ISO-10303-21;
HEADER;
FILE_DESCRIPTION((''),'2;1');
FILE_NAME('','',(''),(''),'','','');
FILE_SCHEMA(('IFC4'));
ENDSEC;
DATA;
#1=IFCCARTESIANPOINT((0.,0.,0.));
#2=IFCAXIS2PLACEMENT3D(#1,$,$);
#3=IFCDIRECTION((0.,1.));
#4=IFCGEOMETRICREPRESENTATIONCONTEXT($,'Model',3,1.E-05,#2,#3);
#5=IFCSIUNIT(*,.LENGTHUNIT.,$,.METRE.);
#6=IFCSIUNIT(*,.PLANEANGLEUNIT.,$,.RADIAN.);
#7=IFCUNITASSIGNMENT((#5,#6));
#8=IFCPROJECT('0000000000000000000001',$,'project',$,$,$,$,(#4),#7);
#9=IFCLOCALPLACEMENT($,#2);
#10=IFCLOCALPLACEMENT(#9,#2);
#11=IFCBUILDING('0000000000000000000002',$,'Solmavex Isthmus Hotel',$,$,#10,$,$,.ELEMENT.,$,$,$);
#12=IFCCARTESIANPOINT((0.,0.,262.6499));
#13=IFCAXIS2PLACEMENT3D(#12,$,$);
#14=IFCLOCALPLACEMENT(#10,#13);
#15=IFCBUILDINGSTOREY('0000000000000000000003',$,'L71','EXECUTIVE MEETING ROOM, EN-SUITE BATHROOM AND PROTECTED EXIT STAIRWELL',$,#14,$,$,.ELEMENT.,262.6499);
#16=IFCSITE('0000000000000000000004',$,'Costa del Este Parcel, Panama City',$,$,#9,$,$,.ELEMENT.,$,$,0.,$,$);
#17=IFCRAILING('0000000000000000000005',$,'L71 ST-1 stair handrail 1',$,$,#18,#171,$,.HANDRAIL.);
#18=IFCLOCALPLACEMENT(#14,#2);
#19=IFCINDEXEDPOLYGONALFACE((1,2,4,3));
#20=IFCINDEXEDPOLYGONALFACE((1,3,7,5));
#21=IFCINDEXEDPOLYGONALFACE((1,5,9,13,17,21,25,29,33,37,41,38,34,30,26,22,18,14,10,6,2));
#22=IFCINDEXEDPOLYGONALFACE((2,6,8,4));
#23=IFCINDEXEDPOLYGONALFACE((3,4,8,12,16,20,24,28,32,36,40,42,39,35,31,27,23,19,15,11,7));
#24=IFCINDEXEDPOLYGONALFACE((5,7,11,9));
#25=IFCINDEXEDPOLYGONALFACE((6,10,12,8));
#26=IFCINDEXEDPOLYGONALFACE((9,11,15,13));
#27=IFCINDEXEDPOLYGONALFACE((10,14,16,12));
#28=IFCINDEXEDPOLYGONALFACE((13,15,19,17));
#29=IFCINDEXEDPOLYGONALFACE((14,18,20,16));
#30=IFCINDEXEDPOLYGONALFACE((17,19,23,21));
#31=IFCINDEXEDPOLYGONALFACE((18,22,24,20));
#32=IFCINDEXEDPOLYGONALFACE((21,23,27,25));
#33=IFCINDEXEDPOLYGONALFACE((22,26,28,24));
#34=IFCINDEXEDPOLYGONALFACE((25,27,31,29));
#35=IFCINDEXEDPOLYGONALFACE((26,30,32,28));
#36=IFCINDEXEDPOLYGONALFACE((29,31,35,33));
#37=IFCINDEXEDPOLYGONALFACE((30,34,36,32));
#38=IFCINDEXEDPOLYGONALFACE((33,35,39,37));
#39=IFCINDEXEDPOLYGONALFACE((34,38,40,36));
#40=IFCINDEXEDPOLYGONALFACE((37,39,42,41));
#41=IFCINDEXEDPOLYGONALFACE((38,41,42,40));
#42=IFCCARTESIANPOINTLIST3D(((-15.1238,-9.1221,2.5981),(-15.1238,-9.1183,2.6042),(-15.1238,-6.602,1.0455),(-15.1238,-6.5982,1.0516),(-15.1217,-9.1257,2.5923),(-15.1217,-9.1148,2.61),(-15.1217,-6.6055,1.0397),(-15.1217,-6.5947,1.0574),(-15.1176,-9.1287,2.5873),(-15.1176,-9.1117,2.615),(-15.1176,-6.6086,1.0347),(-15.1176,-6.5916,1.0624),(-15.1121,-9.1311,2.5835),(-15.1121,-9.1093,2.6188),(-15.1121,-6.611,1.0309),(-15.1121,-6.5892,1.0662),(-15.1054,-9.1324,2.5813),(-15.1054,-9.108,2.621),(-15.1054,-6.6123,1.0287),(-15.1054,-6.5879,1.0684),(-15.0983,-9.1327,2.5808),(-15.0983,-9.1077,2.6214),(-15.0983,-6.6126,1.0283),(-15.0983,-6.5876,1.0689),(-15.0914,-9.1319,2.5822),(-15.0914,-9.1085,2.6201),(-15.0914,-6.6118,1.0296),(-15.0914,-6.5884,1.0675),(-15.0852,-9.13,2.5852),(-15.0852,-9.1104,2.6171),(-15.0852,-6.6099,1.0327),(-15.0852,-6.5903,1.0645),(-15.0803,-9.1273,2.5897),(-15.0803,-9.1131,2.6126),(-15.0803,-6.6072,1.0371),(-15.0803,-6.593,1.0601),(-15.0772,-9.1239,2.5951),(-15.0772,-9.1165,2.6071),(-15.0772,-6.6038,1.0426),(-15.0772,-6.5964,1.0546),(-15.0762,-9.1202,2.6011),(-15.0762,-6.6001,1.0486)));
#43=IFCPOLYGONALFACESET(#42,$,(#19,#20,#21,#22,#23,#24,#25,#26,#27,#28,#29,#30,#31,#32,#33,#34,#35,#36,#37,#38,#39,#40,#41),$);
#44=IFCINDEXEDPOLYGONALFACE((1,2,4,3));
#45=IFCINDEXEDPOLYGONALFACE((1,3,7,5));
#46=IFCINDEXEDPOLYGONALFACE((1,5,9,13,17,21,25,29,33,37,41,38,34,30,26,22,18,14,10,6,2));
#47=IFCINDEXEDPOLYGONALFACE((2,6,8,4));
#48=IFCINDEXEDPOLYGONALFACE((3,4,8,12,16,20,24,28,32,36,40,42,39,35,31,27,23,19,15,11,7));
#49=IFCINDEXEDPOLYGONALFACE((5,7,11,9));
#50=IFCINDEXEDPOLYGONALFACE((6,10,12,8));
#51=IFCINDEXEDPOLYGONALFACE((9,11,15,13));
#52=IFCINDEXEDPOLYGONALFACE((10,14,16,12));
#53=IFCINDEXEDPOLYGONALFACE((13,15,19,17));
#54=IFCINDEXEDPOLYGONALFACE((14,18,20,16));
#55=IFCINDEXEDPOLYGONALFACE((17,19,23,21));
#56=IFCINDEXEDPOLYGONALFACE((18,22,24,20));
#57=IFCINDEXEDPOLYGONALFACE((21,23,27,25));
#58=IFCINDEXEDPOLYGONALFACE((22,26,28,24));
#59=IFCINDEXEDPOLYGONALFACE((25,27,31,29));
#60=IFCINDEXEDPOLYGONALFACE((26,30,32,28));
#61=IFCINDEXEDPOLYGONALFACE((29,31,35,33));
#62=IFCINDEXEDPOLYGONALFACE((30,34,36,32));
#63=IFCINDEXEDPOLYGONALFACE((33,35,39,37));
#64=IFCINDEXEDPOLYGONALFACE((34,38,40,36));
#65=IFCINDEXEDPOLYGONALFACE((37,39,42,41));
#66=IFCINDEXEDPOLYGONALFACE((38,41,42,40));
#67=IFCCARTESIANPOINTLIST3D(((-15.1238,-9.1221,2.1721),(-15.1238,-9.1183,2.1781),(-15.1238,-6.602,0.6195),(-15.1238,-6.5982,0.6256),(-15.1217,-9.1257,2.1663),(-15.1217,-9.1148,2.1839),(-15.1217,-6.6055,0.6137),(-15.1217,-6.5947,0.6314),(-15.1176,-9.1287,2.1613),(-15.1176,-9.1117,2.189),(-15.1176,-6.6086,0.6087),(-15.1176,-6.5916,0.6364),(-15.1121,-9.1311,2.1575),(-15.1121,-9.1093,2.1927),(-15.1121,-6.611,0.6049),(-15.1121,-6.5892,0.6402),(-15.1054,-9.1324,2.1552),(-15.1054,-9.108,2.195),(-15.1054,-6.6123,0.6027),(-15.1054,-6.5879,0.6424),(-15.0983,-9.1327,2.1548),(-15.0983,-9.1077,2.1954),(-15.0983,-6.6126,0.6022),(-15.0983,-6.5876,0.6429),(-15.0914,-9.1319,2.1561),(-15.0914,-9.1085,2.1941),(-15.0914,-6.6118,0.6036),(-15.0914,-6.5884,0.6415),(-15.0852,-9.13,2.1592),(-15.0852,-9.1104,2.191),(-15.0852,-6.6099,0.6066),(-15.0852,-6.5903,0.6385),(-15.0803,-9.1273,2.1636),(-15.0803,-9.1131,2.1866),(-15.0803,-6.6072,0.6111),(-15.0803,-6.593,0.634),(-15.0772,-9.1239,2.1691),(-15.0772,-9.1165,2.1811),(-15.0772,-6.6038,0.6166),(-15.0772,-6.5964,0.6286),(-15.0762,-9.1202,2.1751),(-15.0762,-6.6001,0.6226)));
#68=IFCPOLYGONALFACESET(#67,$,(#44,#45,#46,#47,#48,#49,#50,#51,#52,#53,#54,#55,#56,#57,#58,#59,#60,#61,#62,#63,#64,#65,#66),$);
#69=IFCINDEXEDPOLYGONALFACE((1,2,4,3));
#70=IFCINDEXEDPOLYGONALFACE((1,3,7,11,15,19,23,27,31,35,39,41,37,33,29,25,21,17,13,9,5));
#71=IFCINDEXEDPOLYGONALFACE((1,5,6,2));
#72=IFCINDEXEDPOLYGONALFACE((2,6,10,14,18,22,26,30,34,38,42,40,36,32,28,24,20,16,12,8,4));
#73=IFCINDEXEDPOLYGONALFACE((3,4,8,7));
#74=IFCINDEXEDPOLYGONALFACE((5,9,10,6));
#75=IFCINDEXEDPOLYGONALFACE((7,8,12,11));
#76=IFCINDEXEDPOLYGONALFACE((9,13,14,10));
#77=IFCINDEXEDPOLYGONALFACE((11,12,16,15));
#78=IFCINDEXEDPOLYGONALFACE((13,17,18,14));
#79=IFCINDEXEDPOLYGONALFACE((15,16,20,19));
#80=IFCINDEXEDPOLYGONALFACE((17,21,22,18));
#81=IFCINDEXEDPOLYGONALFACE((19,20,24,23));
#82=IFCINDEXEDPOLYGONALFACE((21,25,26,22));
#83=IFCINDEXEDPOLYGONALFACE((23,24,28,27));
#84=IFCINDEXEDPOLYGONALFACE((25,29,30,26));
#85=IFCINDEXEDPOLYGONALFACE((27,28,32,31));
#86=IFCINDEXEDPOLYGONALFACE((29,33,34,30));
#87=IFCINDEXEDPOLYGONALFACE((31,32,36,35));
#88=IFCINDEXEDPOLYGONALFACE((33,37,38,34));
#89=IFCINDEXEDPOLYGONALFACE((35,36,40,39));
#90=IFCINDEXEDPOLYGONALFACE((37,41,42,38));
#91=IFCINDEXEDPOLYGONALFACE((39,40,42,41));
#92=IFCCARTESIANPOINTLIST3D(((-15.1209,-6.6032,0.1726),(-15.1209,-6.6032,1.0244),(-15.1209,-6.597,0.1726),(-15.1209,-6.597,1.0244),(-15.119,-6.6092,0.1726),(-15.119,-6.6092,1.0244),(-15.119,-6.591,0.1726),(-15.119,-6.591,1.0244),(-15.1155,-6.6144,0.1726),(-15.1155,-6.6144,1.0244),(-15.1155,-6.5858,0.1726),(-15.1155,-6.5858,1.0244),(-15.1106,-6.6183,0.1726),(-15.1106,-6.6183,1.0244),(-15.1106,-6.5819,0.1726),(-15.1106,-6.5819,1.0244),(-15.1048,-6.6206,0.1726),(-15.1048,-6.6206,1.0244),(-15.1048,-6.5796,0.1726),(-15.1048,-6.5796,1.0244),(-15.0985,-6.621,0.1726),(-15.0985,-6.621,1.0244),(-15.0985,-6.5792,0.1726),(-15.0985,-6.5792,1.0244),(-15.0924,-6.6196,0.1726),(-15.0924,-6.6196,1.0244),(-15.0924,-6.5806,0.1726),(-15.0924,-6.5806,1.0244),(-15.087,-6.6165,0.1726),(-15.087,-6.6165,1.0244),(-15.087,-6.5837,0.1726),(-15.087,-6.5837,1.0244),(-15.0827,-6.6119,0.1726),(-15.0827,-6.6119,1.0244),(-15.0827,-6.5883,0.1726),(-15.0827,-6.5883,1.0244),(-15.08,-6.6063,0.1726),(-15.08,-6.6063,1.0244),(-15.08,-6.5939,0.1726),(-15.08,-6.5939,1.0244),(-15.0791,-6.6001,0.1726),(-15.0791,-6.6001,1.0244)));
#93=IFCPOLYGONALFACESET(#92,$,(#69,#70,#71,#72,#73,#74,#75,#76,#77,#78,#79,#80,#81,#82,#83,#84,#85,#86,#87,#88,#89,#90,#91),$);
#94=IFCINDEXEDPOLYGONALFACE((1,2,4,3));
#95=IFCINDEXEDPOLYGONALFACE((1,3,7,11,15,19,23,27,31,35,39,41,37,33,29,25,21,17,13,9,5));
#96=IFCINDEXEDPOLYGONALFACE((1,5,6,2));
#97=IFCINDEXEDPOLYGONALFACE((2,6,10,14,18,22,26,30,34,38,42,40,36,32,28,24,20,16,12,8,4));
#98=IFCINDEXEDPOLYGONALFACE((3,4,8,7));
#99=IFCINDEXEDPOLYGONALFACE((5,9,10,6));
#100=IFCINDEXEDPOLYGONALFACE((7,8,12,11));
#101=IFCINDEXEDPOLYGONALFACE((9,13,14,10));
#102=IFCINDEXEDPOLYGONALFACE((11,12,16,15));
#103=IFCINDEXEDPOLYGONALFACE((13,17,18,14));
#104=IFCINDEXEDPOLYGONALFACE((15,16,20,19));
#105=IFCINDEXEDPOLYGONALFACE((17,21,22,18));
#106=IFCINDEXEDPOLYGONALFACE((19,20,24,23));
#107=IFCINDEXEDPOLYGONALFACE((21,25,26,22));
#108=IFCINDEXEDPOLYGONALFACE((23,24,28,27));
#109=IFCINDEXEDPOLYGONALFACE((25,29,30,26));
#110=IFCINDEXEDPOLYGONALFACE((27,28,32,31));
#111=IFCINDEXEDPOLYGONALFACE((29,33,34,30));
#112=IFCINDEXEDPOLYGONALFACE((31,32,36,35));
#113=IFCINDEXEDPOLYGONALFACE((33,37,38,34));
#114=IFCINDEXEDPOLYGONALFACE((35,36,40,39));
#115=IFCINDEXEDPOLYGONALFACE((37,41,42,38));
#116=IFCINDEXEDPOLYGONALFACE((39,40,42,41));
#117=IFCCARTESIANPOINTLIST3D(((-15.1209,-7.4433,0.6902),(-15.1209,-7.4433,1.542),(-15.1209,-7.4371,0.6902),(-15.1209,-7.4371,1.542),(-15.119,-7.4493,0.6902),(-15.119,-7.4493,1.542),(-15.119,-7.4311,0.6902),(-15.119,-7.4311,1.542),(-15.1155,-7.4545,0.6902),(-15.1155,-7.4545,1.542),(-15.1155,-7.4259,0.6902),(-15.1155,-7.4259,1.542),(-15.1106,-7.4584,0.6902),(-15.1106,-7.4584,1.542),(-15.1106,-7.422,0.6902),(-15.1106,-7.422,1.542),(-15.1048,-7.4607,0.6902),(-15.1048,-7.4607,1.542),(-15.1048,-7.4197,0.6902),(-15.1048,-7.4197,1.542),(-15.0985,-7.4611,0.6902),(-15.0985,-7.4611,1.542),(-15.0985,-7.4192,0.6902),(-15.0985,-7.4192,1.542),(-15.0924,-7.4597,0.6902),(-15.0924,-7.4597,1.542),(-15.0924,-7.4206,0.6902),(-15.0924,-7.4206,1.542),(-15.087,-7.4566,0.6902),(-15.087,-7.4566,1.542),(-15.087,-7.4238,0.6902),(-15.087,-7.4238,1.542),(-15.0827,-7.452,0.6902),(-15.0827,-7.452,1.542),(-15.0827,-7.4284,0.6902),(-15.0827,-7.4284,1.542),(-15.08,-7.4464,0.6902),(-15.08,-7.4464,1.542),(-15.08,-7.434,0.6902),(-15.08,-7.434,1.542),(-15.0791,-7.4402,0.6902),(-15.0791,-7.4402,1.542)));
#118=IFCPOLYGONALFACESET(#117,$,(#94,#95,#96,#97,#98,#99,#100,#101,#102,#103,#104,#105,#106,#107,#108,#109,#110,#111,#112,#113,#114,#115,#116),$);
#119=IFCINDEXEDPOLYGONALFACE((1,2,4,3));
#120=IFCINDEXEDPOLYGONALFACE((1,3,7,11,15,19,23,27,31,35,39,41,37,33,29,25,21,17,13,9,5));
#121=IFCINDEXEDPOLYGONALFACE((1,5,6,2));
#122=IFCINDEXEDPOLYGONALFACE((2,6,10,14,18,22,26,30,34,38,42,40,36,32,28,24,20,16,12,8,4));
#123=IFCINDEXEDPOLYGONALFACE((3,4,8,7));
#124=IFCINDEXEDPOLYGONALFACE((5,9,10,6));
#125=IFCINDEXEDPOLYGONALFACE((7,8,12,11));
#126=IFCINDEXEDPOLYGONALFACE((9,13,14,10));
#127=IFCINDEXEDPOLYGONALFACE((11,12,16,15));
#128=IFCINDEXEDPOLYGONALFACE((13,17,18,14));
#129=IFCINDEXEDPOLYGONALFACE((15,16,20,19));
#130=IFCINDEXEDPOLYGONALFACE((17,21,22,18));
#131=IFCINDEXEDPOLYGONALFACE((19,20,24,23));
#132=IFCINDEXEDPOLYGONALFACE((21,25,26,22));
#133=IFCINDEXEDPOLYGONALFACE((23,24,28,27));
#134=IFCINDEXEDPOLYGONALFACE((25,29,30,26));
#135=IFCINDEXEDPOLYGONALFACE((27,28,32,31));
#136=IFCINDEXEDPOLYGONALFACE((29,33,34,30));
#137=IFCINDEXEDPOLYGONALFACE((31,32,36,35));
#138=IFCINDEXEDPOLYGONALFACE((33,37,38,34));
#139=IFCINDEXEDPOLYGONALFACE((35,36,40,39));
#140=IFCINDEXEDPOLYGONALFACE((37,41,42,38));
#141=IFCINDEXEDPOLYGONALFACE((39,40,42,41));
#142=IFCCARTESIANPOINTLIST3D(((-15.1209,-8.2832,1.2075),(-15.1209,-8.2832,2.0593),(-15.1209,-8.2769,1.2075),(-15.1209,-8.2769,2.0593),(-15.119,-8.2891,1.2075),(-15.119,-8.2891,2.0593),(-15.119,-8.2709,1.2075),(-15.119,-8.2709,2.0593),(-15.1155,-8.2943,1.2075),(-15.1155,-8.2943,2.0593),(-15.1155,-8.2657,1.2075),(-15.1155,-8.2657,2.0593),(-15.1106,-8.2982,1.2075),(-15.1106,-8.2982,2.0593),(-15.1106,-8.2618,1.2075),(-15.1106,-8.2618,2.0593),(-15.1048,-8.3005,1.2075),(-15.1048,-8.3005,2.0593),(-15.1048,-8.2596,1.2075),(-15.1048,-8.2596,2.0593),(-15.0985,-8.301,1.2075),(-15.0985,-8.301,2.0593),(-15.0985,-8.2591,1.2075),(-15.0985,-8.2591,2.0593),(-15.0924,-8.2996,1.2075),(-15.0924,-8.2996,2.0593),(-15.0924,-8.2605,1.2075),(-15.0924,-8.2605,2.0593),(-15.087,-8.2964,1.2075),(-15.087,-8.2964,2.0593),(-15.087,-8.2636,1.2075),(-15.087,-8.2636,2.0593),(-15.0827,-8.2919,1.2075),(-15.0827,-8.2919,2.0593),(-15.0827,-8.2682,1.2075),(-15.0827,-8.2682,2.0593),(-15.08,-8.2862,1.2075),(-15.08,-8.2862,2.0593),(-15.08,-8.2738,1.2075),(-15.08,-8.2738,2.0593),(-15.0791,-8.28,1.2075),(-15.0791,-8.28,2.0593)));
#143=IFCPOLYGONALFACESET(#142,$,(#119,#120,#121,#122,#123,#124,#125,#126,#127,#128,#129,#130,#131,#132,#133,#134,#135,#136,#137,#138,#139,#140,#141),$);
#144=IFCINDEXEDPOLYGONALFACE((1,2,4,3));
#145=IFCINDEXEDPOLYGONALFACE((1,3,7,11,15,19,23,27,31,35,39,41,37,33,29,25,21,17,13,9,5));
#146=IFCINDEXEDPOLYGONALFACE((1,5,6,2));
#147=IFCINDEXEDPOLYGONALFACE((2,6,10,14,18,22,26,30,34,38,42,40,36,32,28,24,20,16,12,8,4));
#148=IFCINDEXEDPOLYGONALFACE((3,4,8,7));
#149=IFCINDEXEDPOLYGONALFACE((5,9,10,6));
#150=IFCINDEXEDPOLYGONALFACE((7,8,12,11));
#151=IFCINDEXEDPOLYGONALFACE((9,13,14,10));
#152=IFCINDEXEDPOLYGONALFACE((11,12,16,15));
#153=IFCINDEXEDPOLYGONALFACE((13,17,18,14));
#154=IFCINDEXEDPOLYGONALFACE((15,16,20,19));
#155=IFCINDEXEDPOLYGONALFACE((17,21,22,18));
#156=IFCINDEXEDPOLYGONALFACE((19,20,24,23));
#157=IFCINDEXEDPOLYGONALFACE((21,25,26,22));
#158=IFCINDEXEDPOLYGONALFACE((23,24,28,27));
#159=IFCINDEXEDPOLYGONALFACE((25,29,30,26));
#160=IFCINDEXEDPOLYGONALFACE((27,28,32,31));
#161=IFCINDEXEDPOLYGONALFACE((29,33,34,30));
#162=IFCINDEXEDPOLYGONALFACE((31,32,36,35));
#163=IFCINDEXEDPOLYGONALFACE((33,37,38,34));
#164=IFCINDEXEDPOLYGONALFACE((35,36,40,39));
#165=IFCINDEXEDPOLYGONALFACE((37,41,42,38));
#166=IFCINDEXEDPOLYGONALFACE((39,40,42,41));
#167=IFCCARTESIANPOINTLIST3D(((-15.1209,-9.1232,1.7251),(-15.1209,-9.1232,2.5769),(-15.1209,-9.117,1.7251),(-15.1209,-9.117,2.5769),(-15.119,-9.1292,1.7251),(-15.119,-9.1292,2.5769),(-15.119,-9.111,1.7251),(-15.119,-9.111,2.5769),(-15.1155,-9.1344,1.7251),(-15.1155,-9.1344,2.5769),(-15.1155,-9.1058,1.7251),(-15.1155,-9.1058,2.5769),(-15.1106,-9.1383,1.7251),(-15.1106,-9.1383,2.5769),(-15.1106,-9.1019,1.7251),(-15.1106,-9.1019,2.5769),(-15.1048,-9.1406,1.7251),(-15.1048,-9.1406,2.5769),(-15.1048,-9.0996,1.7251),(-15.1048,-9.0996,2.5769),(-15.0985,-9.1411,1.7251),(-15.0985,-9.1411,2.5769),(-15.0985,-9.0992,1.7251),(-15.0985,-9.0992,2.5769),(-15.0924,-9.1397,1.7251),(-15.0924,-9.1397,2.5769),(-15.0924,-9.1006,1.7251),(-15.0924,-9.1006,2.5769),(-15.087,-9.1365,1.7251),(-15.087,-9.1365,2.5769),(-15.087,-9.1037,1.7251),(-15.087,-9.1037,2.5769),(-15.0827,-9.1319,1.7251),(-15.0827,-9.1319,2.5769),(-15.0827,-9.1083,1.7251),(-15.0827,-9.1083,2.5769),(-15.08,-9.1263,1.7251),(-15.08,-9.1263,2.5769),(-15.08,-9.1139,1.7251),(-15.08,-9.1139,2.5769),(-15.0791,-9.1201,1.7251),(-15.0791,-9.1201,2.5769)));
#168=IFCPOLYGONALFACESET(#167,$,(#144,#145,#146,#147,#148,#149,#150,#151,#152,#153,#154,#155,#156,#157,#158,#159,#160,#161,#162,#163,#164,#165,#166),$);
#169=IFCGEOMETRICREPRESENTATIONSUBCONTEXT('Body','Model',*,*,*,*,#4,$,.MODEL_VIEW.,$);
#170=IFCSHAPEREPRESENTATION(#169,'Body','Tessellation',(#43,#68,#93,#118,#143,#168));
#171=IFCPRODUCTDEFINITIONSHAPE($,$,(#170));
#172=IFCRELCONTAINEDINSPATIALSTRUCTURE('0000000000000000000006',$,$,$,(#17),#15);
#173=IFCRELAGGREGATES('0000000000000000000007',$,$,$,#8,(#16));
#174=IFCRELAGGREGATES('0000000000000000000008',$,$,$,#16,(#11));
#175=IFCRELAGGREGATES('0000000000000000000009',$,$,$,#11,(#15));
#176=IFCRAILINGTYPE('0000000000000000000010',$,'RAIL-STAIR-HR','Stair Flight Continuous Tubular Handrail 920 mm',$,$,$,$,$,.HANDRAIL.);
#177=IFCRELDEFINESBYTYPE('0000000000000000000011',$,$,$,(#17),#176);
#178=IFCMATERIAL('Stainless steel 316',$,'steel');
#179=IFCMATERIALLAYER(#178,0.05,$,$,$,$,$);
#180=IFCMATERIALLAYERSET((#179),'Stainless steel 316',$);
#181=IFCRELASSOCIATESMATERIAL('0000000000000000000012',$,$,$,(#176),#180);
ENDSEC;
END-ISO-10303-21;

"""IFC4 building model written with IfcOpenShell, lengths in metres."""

from ifc_helpers import new_model, si_unit, direction, frame, origin, origin_2d, place, context, subcontext, project, spatial, circle, extrude, material, layer, layer_set, type_object, element, save


model = new_model("IFC4")

# Units and contexts
model_context = context("Model", 3, precision=1e-05, world=origin(), true_north=direction((0.0, 1.0)))
body_context = subcontext(model_context, "Body", "Model", "MODEL_VIEW")
ifc_project = project(units=[si_unit("LENGTHUNIT", "METRE"), si_unit("PLANEANGLEUNIT", "RADIAN")], contexts=[model_context])

# Site, building, storey
site_placement = place(None, origin())
site = spatial("IfcSite", under=ifc_project, at=site_placement, Name="Costa del Este Parcel, Panama City", CompositionType="ELEMENT", RefElevation=0.0)
building_placement = place(site_placement, origin())
building = spatial("IfcBuilding", under=site, at=building_placement, Name="Solmavex Isthmus Hotel", CompositionType="ELEMENT")
storey_placement = place(building_placement, frame((0.0, 0.0, 262.6499)))
storey = spatial("IfcBuildingStorey", under=building, at=storey_placement, Name="L71", Description="EXECUTIVE MEETING ROOM, EN-SUITE BATHROOM AND PROTECTED EXIT STAIRWELL", CompositionType="ELEMENT", Elevation=262.6499)

# Shared definitions
ifc_material_1 = material(Name="Stainless steel 316", Category="steel")

# Railing
ifc_layer_1 = layer(ifc_material_1, 0.05)
ifc_layer_set_1 = layer_set([ifc_layer_1], Name="Stainless steel 316")
railing_type_1 = type_object("IfcRailingType", Name="RAIL-STAIR-HR", Description="Stair Flight Continuous Tubular Handrail 920 mm", PredefinedType="HANDRAIL", material=ifc_layer_set_1)
railing_1_placement = place(storey_placement, frame((-15.1001, -6.6001, 0.1726)))
element("IfcRailing", 1, at=railing_1_placement, inside=storey, type_object=railing_type_1, Name="L71 ST-1 stair handrail 1", PredefinedType="HANDRAIL", context=body_context, shape_type="SweptSolid", body=[
    extrude(circle(Radius=0.0239, at=origin_2d()), frame((0.0, 0.0, 0.876), z_axis=(0.0, -0.8514, 0.524516), x_axis=(1.0, 0.0, 0.0)), (0.0, 0.0, 1.0), 2.96),
    extrude(circle(Radius=0.0239, at=origin_2d()), frame((0.0, 0.0, 0.45), z_axis=(0.0, -0.8514, 0.524516), x_axis=(1.0, 0.0, 0.0)), (0.0, 0.0, 1.0), 2.96),
    extrude(circle(Radius=0.021, at=origin_2d()), origin(), (0.0, 0.0, 1.0), 0.8518),
    extrude(circle(Radius=0.021, at=origin_2d()), frame((0.0, -0.8401, 0.5176)), (0.0, 0.0, 1.0), 0.8518),
    extrude(circle(Radius=0.021, at=origin_2d()), frame((0.0, -1.6799, 1.0349)), (0.0, 0.0, 1.0), 0.8518),
    extrude(circle(Radius=0.021, at=origin_2d()), frame((0.0, -2.52, 1.5525)), (0.0, 0.0, 1.0), 0.8518),
])

save(model, "model.ifc")
